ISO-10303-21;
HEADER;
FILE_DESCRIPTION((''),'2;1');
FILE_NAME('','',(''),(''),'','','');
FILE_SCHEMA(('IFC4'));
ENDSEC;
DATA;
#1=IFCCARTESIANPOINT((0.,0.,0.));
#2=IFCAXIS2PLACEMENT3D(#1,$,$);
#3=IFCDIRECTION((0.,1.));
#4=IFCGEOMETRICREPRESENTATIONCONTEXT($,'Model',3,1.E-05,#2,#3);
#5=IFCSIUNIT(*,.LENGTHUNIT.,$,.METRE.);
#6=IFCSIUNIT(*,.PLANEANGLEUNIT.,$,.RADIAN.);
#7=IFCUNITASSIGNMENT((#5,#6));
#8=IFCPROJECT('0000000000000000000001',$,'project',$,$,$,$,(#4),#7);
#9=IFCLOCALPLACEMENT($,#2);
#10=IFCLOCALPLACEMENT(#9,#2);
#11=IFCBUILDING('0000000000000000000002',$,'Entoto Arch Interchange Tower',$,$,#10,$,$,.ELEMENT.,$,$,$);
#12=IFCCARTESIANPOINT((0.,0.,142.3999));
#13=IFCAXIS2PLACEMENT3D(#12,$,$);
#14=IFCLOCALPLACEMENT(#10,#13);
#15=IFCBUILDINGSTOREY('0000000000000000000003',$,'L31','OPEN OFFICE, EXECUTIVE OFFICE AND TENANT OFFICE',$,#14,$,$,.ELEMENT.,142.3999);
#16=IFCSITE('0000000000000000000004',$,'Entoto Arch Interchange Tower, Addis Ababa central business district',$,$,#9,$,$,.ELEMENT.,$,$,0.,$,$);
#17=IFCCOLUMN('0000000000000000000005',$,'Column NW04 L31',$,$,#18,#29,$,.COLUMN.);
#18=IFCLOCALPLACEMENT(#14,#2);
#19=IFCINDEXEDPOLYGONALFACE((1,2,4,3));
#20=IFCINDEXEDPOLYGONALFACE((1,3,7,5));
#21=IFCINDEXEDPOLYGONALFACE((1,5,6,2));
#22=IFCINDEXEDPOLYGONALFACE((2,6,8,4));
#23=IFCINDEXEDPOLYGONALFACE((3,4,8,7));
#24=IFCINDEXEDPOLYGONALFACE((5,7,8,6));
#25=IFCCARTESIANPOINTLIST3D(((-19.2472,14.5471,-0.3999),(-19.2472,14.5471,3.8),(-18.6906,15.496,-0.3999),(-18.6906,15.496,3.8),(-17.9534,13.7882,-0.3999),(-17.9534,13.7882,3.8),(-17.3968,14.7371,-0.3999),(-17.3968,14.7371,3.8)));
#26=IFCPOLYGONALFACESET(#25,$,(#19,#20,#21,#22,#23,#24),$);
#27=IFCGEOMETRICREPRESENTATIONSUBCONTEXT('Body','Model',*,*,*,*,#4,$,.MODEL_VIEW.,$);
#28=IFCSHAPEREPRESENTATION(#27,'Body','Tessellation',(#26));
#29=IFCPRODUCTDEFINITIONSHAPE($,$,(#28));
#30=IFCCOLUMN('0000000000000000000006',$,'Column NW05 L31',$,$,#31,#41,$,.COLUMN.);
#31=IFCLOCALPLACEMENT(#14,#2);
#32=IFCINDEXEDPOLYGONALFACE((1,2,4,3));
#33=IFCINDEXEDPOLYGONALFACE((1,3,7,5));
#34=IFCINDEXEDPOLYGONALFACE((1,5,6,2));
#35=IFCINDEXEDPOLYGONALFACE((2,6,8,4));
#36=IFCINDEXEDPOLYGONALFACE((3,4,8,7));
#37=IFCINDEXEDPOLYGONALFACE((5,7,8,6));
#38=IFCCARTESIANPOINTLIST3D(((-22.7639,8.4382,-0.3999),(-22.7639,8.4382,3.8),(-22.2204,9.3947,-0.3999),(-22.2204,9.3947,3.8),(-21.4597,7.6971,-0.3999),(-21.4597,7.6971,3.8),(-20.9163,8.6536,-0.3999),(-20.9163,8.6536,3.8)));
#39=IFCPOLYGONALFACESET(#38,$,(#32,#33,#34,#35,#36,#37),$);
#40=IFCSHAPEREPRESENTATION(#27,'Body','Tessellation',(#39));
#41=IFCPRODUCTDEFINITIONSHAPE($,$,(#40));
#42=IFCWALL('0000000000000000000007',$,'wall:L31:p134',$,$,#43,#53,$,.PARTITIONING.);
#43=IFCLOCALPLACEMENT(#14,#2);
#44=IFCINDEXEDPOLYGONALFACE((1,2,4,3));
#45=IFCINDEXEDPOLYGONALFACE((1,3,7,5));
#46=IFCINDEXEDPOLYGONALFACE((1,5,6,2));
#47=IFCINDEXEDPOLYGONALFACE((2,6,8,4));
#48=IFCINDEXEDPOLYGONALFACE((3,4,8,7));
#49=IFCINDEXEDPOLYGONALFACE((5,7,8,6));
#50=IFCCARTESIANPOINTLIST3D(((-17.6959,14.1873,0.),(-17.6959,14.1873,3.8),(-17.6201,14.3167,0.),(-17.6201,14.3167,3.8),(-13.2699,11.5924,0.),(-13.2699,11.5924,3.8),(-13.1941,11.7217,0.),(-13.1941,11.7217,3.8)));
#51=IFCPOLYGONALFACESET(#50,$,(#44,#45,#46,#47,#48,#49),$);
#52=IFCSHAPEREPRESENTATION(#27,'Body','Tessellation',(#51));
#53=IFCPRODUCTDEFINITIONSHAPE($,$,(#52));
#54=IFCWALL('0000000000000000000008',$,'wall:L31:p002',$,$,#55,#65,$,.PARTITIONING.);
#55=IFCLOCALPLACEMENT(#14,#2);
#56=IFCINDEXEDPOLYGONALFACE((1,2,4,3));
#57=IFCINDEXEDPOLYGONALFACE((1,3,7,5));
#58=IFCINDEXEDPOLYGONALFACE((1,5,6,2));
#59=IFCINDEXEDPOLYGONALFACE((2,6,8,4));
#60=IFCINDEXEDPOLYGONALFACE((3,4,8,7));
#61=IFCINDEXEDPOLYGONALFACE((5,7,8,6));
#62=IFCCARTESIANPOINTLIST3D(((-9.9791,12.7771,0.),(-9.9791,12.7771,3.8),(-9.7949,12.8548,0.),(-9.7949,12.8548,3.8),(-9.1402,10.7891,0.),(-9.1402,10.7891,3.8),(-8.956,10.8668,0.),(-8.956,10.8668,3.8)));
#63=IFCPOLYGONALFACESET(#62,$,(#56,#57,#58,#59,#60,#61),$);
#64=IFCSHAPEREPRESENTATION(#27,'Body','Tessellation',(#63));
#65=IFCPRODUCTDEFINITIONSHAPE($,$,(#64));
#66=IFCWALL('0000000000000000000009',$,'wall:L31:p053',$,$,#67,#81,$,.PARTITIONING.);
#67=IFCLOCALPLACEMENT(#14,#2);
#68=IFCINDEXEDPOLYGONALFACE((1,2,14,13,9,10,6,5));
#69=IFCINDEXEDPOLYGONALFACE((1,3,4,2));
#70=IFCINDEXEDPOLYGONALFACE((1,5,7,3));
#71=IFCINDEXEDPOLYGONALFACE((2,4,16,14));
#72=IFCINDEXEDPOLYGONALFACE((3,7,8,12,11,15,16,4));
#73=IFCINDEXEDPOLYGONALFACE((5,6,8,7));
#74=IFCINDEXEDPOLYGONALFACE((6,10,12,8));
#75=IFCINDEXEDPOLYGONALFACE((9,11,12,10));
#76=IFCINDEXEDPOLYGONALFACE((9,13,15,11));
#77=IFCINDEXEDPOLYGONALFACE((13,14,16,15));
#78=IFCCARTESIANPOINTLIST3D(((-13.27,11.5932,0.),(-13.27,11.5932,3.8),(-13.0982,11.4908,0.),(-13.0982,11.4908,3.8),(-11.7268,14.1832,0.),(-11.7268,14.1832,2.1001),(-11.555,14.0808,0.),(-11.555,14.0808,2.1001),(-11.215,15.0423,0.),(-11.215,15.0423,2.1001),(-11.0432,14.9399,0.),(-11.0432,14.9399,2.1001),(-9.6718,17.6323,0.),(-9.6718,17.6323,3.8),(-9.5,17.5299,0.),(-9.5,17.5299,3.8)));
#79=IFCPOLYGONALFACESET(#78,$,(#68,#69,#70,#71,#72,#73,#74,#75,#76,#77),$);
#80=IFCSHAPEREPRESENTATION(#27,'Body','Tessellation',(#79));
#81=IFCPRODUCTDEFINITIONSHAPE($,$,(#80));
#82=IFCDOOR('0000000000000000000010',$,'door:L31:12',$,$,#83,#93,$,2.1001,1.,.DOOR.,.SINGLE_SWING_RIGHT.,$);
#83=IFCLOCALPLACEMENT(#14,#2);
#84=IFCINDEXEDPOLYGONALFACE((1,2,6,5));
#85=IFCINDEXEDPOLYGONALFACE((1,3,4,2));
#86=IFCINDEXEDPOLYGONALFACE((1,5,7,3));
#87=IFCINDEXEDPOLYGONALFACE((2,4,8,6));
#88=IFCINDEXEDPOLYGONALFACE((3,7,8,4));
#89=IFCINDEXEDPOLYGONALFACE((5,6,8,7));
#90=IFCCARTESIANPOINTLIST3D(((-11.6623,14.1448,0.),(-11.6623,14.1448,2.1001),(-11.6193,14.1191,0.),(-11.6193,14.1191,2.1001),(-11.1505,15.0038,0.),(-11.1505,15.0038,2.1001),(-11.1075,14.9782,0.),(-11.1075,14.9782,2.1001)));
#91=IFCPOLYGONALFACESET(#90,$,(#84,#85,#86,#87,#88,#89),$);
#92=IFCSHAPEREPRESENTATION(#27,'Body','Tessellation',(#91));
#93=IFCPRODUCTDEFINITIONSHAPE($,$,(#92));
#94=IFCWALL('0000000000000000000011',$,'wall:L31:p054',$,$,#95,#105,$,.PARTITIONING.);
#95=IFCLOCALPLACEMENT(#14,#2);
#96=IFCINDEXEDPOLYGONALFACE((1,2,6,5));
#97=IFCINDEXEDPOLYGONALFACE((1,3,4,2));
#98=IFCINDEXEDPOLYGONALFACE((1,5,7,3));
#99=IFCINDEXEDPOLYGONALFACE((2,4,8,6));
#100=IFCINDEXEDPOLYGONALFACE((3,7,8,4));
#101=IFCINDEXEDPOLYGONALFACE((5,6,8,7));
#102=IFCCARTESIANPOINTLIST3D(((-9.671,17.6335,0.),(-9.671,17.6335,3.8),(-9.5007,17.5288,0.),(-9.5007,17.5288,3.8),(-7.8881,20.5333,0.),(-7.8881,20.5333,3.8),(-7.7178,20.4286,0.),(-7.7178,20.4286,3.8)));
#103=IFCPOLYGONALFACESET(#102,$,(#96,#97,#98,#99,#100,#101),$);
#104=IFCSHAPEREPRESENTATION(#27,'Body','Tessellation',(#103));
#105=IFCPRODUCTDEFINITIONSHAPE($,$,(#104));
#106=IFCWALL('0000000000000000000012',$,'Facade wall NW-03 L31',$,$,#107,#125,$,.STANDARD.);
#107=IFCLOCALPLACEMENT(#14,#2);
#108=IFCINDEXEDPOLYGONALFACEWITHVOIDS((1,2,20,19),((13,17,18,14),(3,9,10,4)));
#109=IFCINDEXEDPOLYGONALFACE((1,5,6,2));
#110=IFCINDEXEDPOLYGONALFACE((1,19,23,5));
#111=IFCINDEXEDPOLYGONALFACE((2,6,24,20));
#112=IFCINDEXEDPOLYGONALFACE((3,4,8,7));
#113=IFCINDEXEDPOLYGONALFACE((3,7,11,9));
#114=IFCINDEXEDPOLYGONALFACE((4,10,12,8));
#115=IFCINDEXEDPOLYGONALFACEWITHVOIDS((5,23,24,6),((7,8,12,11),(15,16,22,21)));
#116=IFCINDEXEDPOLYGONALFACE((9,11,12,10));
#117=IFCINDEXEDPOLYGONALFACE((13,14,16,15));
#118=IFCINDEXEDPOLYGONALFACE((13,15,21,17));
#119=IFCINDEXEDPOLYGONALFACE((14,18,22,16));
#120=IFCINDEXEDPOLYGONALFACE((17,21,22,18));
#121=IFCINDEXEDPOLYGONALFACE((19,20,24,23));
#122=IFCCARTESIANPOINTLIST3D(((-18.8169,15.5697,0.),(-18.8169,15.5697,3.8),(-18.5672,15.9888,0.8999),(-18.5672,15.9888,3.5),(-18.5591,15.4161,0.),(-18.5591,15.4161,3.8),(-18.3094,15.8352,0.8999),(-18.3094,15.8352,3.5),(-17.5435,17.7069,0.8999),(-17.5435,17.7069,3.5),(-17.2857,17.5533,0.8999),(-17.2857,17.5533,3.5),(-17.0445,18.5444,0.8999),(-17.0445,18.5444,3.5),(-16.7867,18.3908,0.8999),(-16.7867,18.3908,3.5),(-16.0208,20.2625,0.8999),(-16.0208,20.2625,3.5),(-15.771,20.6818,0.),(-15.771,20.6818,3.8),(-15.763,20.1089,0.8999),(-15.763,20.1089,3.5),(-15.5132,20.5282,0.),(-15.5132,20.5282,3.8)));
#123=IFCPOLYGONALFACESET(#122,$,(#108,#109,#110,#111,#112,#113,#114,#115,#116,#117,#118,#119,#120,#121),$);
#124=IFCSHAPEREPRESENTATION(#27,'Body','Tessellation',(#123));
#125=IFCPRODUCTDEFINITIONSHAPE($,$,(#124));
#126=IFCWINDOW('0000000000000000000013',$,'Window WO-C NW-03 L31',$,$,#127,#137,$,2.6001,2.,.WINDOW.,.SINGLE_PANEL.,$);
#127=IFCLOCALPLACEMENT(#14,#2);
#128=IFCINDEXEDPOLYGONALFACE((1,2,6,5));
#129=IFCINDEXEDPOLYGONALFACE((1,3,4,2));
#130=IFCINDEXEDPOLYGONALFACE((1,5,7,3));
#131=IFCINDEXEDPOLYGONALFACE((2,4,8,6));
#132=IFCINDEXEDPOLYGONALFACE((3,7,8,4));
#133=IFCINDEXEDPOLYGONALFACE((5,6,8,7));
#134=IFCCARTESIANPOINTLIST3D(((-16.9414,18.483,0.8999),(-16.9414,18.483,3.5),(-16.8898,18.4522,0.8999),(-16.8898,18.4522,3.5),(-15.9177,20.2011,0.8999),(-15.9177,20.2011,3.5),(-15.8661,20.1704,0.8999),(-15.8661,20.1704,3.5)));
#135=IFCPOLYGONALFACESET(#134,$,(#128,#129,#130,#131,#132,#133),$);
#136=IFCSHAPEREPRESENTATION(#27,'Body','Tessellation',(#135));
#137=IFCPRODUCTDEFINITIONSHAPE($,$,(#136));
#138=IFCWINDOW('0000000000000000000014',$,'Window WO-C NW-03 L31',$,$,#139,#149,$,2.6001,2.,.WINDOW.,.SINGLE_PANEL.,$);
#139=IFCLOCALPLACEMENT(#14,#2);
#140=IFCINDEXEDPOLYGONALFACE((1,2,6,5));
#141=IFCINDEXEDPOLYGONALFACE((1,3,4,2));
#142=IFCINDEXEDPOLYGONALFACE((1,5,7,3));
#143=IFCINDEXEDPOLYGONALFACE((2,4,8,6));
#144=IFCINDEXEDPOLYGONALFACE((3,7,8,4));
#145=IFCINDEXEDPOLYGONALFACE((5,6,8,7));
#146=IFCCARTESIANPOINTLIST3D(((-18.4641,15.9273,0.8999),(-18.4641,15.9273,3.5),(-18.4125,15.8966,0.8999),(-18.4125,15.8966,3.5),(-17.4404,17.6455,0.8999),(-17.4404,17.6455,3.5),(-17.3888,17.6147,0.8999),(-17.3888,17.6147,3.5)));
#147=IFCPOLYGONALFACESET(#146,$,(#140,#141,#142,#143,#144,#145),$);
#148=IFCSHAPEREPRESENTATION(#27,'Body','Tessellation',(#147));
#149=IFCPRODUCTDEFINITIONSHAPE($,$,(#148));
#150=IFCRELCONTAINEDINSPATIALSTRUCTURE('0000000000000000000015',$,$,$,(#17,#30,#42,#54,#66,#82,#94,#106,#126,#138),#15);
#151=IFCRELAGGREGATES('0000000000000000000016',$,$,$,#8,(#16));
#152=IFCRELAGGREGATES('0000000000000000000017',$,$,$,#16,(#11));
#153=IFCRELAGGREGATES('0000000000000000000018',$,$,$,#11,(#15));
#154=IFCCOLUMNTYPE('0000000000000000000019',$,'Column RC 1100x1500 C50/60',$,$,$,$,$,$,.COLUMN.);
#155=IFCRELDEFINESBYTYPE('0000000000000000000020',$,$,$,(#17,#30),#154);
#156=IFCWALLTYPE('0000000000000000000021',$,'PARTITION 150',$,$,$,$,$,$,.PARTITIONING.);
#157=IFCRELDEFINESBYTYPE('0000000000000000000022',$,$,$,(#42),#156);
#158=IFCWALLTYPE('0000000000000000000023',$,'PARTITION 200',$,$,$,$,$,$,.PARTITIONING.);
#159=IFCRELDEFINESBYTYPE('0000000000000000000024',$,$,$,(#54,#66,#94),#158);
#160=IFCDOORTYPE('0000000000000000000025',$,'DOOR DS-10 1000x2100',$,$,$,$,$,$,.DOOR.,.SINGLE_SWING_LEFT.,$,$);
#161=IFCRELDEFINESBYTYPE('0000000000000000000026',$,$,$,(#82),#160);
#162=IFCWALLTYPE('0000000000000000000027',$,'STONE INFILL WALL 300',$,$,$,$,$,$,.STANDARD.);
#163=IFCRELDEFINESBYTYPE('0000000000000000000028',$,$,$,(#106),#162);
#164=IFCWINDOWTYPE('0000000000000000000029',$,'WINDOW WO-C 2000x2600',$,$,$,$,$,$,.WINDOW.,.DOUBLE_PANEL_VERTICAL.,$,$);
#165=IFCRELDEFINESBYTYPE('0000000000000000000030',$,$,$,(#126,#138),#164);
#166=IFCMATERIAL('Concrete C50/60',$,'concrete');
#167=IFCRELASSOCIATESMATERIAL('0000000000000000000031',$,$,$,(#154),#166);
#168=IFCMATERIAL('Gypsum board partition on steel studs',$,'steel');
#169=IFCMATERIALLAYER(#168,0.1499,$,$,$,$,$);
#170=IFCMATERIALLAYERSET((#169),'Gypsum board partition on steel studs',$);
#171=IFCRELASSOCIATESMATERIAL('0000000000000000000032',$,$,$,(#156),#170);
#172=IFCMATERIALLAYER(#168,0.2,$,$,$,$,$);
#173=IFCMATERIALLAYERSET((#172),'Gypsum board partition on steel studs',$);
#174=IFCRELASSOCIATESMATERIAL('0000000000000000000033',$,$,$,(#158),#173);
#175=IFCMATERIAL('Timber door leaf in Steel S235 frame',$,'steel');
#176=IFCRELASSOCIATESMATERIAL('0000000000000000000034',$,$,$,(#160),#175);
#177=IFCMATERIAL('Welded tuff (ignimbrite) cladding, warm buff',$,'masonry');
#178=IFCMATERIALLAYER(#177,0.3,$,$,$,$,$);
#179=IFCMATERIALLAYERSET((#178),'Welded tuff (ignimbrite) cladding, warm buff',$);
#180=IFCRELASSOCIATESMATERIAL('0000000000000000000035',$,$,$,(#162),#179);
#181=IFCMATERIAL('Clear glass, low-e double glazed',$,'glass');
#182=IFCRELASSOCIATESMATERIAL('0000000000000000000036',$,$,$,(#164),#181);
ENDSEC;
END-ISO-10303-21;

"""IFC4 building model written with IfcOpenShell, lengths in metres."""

from ifc_helpers import new_model, si_unit, direction, frame, frame_2d, origin, origin_2d, place, context, subcontext, project, spatial, rectangle, extrude, material, layer, layer_set, material_profile, profile_set, type_object, element, fill, save


model = new_model("IFC4")

# Units and contexts
model_context = context("Model", 3, precision=1e-05, world=origin(), true_north=direction((0.0, 1.0)))
body_context = subcontext(model_context, "Body", "Model", "MODEL_VIEW")
ifc_project = project(units=[si_unit("LENGTHUNIT", "METRE"), si_unit("PLANEANGLEUNIT", "RADIAN")], contexts=[model_context])

# Site, building, storey
site_placement = place(None, origin())
site = spatial("IfcSite", under=ifc_project, at=site_placement, Name="Entoto Arch Interchange Tower, Addis Ababa central business district", CompositionType="ELEMENT", RefElevation=0.0)
building_placement = place(site_placement, origin())
building = spatial("IfcBuilding", under=site, at=building_placement, Name="Entoto Arch Interchange Tower", CompositionType="ELEMENT")
storey_placement = place(building_placement, frame((0.0, 0.0, 142.3999)))
storey = spatial("IfcBuildingStorey", under=building, at=storey_placement, Name="L31", Description="OPEN OFFICE, EXECUTIVE OFFICE AND TENANT OFFICE", CompositionType="ELEMENT", Elevation=142.3999)

# Columns
ifc_material_1 = material(Name="Concrete C50/60", Category="concrete")
ifc_material_profile = material_profile(ifc_material_1, rectangle(XDim=1.1001, YDim=1.5, at=origin_2d()))
ifc_profile_set = profile_set([ifc_material_profile], Name="Concrete C50/60")
column_type = type_object("IfcColumnType", Name="Column RC 1100x1500 C50/60", PredefinedType="COLUMN", material=ifc_profile_set)
for number, where, z_axis, x_axis, name in (
    (1, (-18.322, 14.6421, -0.3999), (0.0, 0.0, 1.0), (0.505958, 0.862558, 0.0), "Column NW04 L31"),
    (2, (-21.8401, 8.5459, -0.3999), (0.0, 0.0, 1.0), (0.494018, 0.869452, 0.0), "Column NW05 L31"),
):
    element("IfcColumn", number, at=place(storey_placement, frame(where, z_axis=z_axis, x_axis=x_axis)), inside=storey, type_object=column_type, Name=name, PredefinedType="COLUMN", context=body_context, shape_type="SweptSolid", body=[
        extrude(rectangle(XDim=1.1001, YDim=1.5, at=origin_2d()), origin(), (0.0, 0.0, 1.0), 4.2),
    ])

# Walls
ifc_material_2 = material(Name="Gypsum board partition on steel studs", Category="steel")
ifc_layer_1 = layer(ifc_material_2, 0.1499)
ifc_layer_set_1 = layer_set([ifc_layer_1], Name="Gypsum board partition on steel studs")
wall_type_1 = type_object("IfcWallType", Name="PARTITION 150", PredefinedType="PARTITIONING", material=ifc_layer_set_1)
wall_1_placement = place(storey_placement, frame((-13.2319, 11.657, 0.0), z_axis=(0.0, 0.0, 1.0), x_axis=(-0.862664, 0.505778, 0.0)))
element("IfcWall", 3, at=wall_1_placement, inside=storey, type_object=wall_type_1, Name="wall:L31:p134", PredefinedType="PARTITIONING", context=body_context, shape_type="SweptSolid", body=[
    extrude(rectangle(XDim=5.1306, YDim=0.1499, at=frame_2d((2.5654, 0.0))), origin(), (0.0, 0.0, 1.0), 3.8),
])
ifc_layer_2 = layer(ifc_material_2, 0.2)
ifc_layer_set_2 = layer_set([ifc_layer_2], Name="Gypsum board partition on steel studs")
wall_type_2 = type_object("IfcWallType", Name="PARTITION 200", PredefinedType="PARTITIONING", material=ifc_layer_set_2)
wall_2_placement = place(storey_placement, frame((-9.887, 12.8159, 0.0), z_axis=(0.0, 0.0, 1.0), x_axis=(0.388765, -0.921337, 0.0)))
element("IfcWall", 4, at=wall_2_placement, inside=storey, type_object=wall_type_2, Name="wall:L31:p002", PredefinedType="PARTITIONING", context=body_context, shape_type="SweptSolid", body=[
    extrude(rectangle(XDim=2.1577, YDim=0.2, at=frame_2d((1.0789, 0.0))), origin(), (0.0, 0.0, 1.0), 3.8),
])

# Wall, opening, door
wall_3_placement = place(storey_placement, frame((-13.1841, 11.542, 0.0), z_axis=(0.0, 0.0, 1.0), x_axis=(0.511848, 0.859076, 0.0)))
wall_3 = element("IfcWall", 5, at=wall_3_placement, inside=storey, type_object=wall_type_2, Name="wall:L31:p053", PredefinedType="PARTITIONING", context=body_context, shape_type="SweptSolid", body=[
    extrude(rectangle(XDim=7.0298, YDim=0.2, at=frame_2d((3.5149, 0.0))), origin(), (0.0, 0.0, 1.0), 3.8),
])
opening_1_placement = place(wall_3_placement, frame((3.0149, 0.0, 0.0)))
opening_1 = element("IfcOpeningElement", 6, at=opening_1_placement, cuts=wall_3, PredefinedType="OPENING", context=body_context, shape_type="SweptSolid", body=[
    extrude(rectangle(XDim=1.0, YDim=2.1001, at=frame_2d((0.5, 1.05))), frame((0.0, 0.1099, 0.0), z_axis=(0.0, -1.0, 0.0), x_axis=(1.0, 0.0, 0.0)), (0.0, 0.0, 1.0), 0.22),
])
ifc_material_3 = material(Name="Timber door leaf in Steel S235 frame", Category="steel")
door_type = type_object("IfcDoorType", Name="DOOR DS-10 1000x2100", OperationType="SINGLE_SWING_LEFT", PredefinedType="DOOR", material=ifc_material_3)
door_placement = place(opening_1_placement, origin())
door = element("IfcDoor", 7, at=door_placement, inside=storey, type_object=door_type, Name="door:L31:12", OperationType="SINGLE_SWING_RIGHT", OverallHeight=2.1001, OverallWidth=1.0, PredefinedType="DOOR", context=body_context, shape_type="SweptSolid", body=[
    extrude(rectangle(XDim=1.0, YDim=2.1001, at=frame_2d((0.5, 1.05))), frame((0.0, 0.0249, 0.0), z_axis=(0.0, -1.0, 0.0), x_axis=(1.0, 0.0, 0.0)), (0.0, 0.0, 1.0), 0.05),
])
fill(opening_1, door)

# Wall
wall_4_placement = place(storey_placement, frame((-9.5859, 17.5811, 0.0), z_axis=(0.0, 0.0, 1.0), x_axis=(0.523757, 0.851868, 0.0)))
element("IfcWall", 8, at=wall_4_placement, inside=storey, type_object=wall_type_2, Name="wall:L31:p054", PredefinedType="PARTITIONING", context=body_context, shape_type="SweptSolid", body=[
    extrude(rectangle(XDim=3.4041, YDim=0.2, at=frame_2d((1.7021, 0.0))), origin(), (0.0, 0.0, 1.0), 3.8),
])

# Wall, openings, windows
ifc_material_4 = material(Name="Welded tuff (ignimbrite) cladding, warm buff", Category="masonry")
ifc_layer_3 = layer(ifc_material_4, 0.3)
ifc_layer_set_3 = layer_set([ifc_layer_3], Name="Welded tuff (ignimbrite) cladding, warm buff")
wall_type_3 = type_object("IfcWallType", Name="STONE INFILL WALL 300", PredefinedType="STANDARD", material=ifc_layer_set_3)
wall_5_placement = place(storey_placement, frame((-15.6421, 20.605, 0.0), z_axis=(0.0, 0.0, 1.0), x_axis=(-0.511857, -0.859071, 0.0)))
wall_5 = element("IfcWall", 9, at=wall_5_placement, inside=storey, type_object=wall_type_3, Name="Facade wall NW-03 L31", PredefinedType="STANDARD", context=body_context, shape_type="SweptSolid", body=[
    extrude(rectangle(XDim=5.9507, YDim=0.3, at=frame_2d((2.9753, 0.0))), origin(), (0.0, 0.0, 1.0), 3.8),
])
opening_2_placement = place(wall_5_placement, frame((0.488, 0.0, 0.8999)))
opening_2 = element("IfcOpeningElement", 10, at=opening_2_placement, cuts=wall_5, PredefinedType="OPENING", context=body_context, shape_type="SweptSolid", body=[
    extrude(rectangle(XDim=2.0, YDim=2.6001, at=frame_2d((1.0, 1.3))), frame((0.0, 0.1602, 0.0), z_axis=(0.0, -1.0, 0.0), x_axis=(1.0, 0.0, 0.0)), (0.0, 0.0, 1.0), 0.3201),
])
opening_3_placement = place(wall_5_placement, frame((3.4629, 0.0, 0.8999)))
opening_3 = element("IfcOpeningElement", 11, at=opening_3_placement, cuts=wall_5, PredefinedType="OPENING", context=body_context, shape_type="SweptSolid", body=[
    extrude(rectangle(XDim=2.0, YDim=2.6001, at=frame_2d((1.0, 1.3))), frame((0.0, 0.1602, 0.0), z_axis=(0.0, -1.0, 0.0), x_axis=(1.0, 0.0, 0.0)), (0.0, 0.0, 1.0), 0.3201),
])
ifc_material_5 = material(Name="Clear glass, low-e double glazed", Category="glass")
window_type = type_object("IfcWindowType", Name="WINDOW WO-C 2000x2600", PartitioningType="DOUBLE_PANEL_VERTICAL", PredefinedType="WINDOW", material=ifc_material_5)
window_1_placement = place(opening_2_placement, origin())
window_1 = element("IfcWindow", 12, at=window_1_placement, inside=storey, type_object=window_type, Name="Window WO-C NW-03 L31", OverallHeight=2.6001, OverallWidth=2.0, PartitioningType="SINGLE_PANEL", PredefinedType="WINDOW", context=body_context, shape_type="SweptSolid", body=[
    extrude(rectangle(XDim=2.0, YDim=2.6001, at=frame_2d((1.0, 1.3))), frame((0.0, 0.03, 0.0), z_axis=(0.0, -1.0, 0.0), x_axis=(1.0, 0.0, 0.0)), (0.0, 0.0, 1.0), 0.0601),
])
fill(opening_2, window_1)
window_2_placement = place(opening_3_placement, origin())
window_2 = element("IfcWindow", 13, at=window_2_placement, inside=storey, type_object=window_type, Name="Window WO-C NW-03 L31", OverallHeight=2.6001, OverallWidth=2.0, PartitioningType="SINGLE_PANEL", PredefinedType="WINDOW", context=body_context, shape_type="SweptSolid", body=[
    extrude(rectangle(XDim=2.0, YDim=2.6001, at=frame_2d((1.0, 1.3))), frame((0.0, 0.03, 0.0), z_axis=(0.0, -1.0, 0.0), x_axis=(1.0, 0.0, 0.0)), (0.0, 0.0, 1.0), 0.0601),
])
fill(opening_3, window_2)

save(model, "model.ifc")
